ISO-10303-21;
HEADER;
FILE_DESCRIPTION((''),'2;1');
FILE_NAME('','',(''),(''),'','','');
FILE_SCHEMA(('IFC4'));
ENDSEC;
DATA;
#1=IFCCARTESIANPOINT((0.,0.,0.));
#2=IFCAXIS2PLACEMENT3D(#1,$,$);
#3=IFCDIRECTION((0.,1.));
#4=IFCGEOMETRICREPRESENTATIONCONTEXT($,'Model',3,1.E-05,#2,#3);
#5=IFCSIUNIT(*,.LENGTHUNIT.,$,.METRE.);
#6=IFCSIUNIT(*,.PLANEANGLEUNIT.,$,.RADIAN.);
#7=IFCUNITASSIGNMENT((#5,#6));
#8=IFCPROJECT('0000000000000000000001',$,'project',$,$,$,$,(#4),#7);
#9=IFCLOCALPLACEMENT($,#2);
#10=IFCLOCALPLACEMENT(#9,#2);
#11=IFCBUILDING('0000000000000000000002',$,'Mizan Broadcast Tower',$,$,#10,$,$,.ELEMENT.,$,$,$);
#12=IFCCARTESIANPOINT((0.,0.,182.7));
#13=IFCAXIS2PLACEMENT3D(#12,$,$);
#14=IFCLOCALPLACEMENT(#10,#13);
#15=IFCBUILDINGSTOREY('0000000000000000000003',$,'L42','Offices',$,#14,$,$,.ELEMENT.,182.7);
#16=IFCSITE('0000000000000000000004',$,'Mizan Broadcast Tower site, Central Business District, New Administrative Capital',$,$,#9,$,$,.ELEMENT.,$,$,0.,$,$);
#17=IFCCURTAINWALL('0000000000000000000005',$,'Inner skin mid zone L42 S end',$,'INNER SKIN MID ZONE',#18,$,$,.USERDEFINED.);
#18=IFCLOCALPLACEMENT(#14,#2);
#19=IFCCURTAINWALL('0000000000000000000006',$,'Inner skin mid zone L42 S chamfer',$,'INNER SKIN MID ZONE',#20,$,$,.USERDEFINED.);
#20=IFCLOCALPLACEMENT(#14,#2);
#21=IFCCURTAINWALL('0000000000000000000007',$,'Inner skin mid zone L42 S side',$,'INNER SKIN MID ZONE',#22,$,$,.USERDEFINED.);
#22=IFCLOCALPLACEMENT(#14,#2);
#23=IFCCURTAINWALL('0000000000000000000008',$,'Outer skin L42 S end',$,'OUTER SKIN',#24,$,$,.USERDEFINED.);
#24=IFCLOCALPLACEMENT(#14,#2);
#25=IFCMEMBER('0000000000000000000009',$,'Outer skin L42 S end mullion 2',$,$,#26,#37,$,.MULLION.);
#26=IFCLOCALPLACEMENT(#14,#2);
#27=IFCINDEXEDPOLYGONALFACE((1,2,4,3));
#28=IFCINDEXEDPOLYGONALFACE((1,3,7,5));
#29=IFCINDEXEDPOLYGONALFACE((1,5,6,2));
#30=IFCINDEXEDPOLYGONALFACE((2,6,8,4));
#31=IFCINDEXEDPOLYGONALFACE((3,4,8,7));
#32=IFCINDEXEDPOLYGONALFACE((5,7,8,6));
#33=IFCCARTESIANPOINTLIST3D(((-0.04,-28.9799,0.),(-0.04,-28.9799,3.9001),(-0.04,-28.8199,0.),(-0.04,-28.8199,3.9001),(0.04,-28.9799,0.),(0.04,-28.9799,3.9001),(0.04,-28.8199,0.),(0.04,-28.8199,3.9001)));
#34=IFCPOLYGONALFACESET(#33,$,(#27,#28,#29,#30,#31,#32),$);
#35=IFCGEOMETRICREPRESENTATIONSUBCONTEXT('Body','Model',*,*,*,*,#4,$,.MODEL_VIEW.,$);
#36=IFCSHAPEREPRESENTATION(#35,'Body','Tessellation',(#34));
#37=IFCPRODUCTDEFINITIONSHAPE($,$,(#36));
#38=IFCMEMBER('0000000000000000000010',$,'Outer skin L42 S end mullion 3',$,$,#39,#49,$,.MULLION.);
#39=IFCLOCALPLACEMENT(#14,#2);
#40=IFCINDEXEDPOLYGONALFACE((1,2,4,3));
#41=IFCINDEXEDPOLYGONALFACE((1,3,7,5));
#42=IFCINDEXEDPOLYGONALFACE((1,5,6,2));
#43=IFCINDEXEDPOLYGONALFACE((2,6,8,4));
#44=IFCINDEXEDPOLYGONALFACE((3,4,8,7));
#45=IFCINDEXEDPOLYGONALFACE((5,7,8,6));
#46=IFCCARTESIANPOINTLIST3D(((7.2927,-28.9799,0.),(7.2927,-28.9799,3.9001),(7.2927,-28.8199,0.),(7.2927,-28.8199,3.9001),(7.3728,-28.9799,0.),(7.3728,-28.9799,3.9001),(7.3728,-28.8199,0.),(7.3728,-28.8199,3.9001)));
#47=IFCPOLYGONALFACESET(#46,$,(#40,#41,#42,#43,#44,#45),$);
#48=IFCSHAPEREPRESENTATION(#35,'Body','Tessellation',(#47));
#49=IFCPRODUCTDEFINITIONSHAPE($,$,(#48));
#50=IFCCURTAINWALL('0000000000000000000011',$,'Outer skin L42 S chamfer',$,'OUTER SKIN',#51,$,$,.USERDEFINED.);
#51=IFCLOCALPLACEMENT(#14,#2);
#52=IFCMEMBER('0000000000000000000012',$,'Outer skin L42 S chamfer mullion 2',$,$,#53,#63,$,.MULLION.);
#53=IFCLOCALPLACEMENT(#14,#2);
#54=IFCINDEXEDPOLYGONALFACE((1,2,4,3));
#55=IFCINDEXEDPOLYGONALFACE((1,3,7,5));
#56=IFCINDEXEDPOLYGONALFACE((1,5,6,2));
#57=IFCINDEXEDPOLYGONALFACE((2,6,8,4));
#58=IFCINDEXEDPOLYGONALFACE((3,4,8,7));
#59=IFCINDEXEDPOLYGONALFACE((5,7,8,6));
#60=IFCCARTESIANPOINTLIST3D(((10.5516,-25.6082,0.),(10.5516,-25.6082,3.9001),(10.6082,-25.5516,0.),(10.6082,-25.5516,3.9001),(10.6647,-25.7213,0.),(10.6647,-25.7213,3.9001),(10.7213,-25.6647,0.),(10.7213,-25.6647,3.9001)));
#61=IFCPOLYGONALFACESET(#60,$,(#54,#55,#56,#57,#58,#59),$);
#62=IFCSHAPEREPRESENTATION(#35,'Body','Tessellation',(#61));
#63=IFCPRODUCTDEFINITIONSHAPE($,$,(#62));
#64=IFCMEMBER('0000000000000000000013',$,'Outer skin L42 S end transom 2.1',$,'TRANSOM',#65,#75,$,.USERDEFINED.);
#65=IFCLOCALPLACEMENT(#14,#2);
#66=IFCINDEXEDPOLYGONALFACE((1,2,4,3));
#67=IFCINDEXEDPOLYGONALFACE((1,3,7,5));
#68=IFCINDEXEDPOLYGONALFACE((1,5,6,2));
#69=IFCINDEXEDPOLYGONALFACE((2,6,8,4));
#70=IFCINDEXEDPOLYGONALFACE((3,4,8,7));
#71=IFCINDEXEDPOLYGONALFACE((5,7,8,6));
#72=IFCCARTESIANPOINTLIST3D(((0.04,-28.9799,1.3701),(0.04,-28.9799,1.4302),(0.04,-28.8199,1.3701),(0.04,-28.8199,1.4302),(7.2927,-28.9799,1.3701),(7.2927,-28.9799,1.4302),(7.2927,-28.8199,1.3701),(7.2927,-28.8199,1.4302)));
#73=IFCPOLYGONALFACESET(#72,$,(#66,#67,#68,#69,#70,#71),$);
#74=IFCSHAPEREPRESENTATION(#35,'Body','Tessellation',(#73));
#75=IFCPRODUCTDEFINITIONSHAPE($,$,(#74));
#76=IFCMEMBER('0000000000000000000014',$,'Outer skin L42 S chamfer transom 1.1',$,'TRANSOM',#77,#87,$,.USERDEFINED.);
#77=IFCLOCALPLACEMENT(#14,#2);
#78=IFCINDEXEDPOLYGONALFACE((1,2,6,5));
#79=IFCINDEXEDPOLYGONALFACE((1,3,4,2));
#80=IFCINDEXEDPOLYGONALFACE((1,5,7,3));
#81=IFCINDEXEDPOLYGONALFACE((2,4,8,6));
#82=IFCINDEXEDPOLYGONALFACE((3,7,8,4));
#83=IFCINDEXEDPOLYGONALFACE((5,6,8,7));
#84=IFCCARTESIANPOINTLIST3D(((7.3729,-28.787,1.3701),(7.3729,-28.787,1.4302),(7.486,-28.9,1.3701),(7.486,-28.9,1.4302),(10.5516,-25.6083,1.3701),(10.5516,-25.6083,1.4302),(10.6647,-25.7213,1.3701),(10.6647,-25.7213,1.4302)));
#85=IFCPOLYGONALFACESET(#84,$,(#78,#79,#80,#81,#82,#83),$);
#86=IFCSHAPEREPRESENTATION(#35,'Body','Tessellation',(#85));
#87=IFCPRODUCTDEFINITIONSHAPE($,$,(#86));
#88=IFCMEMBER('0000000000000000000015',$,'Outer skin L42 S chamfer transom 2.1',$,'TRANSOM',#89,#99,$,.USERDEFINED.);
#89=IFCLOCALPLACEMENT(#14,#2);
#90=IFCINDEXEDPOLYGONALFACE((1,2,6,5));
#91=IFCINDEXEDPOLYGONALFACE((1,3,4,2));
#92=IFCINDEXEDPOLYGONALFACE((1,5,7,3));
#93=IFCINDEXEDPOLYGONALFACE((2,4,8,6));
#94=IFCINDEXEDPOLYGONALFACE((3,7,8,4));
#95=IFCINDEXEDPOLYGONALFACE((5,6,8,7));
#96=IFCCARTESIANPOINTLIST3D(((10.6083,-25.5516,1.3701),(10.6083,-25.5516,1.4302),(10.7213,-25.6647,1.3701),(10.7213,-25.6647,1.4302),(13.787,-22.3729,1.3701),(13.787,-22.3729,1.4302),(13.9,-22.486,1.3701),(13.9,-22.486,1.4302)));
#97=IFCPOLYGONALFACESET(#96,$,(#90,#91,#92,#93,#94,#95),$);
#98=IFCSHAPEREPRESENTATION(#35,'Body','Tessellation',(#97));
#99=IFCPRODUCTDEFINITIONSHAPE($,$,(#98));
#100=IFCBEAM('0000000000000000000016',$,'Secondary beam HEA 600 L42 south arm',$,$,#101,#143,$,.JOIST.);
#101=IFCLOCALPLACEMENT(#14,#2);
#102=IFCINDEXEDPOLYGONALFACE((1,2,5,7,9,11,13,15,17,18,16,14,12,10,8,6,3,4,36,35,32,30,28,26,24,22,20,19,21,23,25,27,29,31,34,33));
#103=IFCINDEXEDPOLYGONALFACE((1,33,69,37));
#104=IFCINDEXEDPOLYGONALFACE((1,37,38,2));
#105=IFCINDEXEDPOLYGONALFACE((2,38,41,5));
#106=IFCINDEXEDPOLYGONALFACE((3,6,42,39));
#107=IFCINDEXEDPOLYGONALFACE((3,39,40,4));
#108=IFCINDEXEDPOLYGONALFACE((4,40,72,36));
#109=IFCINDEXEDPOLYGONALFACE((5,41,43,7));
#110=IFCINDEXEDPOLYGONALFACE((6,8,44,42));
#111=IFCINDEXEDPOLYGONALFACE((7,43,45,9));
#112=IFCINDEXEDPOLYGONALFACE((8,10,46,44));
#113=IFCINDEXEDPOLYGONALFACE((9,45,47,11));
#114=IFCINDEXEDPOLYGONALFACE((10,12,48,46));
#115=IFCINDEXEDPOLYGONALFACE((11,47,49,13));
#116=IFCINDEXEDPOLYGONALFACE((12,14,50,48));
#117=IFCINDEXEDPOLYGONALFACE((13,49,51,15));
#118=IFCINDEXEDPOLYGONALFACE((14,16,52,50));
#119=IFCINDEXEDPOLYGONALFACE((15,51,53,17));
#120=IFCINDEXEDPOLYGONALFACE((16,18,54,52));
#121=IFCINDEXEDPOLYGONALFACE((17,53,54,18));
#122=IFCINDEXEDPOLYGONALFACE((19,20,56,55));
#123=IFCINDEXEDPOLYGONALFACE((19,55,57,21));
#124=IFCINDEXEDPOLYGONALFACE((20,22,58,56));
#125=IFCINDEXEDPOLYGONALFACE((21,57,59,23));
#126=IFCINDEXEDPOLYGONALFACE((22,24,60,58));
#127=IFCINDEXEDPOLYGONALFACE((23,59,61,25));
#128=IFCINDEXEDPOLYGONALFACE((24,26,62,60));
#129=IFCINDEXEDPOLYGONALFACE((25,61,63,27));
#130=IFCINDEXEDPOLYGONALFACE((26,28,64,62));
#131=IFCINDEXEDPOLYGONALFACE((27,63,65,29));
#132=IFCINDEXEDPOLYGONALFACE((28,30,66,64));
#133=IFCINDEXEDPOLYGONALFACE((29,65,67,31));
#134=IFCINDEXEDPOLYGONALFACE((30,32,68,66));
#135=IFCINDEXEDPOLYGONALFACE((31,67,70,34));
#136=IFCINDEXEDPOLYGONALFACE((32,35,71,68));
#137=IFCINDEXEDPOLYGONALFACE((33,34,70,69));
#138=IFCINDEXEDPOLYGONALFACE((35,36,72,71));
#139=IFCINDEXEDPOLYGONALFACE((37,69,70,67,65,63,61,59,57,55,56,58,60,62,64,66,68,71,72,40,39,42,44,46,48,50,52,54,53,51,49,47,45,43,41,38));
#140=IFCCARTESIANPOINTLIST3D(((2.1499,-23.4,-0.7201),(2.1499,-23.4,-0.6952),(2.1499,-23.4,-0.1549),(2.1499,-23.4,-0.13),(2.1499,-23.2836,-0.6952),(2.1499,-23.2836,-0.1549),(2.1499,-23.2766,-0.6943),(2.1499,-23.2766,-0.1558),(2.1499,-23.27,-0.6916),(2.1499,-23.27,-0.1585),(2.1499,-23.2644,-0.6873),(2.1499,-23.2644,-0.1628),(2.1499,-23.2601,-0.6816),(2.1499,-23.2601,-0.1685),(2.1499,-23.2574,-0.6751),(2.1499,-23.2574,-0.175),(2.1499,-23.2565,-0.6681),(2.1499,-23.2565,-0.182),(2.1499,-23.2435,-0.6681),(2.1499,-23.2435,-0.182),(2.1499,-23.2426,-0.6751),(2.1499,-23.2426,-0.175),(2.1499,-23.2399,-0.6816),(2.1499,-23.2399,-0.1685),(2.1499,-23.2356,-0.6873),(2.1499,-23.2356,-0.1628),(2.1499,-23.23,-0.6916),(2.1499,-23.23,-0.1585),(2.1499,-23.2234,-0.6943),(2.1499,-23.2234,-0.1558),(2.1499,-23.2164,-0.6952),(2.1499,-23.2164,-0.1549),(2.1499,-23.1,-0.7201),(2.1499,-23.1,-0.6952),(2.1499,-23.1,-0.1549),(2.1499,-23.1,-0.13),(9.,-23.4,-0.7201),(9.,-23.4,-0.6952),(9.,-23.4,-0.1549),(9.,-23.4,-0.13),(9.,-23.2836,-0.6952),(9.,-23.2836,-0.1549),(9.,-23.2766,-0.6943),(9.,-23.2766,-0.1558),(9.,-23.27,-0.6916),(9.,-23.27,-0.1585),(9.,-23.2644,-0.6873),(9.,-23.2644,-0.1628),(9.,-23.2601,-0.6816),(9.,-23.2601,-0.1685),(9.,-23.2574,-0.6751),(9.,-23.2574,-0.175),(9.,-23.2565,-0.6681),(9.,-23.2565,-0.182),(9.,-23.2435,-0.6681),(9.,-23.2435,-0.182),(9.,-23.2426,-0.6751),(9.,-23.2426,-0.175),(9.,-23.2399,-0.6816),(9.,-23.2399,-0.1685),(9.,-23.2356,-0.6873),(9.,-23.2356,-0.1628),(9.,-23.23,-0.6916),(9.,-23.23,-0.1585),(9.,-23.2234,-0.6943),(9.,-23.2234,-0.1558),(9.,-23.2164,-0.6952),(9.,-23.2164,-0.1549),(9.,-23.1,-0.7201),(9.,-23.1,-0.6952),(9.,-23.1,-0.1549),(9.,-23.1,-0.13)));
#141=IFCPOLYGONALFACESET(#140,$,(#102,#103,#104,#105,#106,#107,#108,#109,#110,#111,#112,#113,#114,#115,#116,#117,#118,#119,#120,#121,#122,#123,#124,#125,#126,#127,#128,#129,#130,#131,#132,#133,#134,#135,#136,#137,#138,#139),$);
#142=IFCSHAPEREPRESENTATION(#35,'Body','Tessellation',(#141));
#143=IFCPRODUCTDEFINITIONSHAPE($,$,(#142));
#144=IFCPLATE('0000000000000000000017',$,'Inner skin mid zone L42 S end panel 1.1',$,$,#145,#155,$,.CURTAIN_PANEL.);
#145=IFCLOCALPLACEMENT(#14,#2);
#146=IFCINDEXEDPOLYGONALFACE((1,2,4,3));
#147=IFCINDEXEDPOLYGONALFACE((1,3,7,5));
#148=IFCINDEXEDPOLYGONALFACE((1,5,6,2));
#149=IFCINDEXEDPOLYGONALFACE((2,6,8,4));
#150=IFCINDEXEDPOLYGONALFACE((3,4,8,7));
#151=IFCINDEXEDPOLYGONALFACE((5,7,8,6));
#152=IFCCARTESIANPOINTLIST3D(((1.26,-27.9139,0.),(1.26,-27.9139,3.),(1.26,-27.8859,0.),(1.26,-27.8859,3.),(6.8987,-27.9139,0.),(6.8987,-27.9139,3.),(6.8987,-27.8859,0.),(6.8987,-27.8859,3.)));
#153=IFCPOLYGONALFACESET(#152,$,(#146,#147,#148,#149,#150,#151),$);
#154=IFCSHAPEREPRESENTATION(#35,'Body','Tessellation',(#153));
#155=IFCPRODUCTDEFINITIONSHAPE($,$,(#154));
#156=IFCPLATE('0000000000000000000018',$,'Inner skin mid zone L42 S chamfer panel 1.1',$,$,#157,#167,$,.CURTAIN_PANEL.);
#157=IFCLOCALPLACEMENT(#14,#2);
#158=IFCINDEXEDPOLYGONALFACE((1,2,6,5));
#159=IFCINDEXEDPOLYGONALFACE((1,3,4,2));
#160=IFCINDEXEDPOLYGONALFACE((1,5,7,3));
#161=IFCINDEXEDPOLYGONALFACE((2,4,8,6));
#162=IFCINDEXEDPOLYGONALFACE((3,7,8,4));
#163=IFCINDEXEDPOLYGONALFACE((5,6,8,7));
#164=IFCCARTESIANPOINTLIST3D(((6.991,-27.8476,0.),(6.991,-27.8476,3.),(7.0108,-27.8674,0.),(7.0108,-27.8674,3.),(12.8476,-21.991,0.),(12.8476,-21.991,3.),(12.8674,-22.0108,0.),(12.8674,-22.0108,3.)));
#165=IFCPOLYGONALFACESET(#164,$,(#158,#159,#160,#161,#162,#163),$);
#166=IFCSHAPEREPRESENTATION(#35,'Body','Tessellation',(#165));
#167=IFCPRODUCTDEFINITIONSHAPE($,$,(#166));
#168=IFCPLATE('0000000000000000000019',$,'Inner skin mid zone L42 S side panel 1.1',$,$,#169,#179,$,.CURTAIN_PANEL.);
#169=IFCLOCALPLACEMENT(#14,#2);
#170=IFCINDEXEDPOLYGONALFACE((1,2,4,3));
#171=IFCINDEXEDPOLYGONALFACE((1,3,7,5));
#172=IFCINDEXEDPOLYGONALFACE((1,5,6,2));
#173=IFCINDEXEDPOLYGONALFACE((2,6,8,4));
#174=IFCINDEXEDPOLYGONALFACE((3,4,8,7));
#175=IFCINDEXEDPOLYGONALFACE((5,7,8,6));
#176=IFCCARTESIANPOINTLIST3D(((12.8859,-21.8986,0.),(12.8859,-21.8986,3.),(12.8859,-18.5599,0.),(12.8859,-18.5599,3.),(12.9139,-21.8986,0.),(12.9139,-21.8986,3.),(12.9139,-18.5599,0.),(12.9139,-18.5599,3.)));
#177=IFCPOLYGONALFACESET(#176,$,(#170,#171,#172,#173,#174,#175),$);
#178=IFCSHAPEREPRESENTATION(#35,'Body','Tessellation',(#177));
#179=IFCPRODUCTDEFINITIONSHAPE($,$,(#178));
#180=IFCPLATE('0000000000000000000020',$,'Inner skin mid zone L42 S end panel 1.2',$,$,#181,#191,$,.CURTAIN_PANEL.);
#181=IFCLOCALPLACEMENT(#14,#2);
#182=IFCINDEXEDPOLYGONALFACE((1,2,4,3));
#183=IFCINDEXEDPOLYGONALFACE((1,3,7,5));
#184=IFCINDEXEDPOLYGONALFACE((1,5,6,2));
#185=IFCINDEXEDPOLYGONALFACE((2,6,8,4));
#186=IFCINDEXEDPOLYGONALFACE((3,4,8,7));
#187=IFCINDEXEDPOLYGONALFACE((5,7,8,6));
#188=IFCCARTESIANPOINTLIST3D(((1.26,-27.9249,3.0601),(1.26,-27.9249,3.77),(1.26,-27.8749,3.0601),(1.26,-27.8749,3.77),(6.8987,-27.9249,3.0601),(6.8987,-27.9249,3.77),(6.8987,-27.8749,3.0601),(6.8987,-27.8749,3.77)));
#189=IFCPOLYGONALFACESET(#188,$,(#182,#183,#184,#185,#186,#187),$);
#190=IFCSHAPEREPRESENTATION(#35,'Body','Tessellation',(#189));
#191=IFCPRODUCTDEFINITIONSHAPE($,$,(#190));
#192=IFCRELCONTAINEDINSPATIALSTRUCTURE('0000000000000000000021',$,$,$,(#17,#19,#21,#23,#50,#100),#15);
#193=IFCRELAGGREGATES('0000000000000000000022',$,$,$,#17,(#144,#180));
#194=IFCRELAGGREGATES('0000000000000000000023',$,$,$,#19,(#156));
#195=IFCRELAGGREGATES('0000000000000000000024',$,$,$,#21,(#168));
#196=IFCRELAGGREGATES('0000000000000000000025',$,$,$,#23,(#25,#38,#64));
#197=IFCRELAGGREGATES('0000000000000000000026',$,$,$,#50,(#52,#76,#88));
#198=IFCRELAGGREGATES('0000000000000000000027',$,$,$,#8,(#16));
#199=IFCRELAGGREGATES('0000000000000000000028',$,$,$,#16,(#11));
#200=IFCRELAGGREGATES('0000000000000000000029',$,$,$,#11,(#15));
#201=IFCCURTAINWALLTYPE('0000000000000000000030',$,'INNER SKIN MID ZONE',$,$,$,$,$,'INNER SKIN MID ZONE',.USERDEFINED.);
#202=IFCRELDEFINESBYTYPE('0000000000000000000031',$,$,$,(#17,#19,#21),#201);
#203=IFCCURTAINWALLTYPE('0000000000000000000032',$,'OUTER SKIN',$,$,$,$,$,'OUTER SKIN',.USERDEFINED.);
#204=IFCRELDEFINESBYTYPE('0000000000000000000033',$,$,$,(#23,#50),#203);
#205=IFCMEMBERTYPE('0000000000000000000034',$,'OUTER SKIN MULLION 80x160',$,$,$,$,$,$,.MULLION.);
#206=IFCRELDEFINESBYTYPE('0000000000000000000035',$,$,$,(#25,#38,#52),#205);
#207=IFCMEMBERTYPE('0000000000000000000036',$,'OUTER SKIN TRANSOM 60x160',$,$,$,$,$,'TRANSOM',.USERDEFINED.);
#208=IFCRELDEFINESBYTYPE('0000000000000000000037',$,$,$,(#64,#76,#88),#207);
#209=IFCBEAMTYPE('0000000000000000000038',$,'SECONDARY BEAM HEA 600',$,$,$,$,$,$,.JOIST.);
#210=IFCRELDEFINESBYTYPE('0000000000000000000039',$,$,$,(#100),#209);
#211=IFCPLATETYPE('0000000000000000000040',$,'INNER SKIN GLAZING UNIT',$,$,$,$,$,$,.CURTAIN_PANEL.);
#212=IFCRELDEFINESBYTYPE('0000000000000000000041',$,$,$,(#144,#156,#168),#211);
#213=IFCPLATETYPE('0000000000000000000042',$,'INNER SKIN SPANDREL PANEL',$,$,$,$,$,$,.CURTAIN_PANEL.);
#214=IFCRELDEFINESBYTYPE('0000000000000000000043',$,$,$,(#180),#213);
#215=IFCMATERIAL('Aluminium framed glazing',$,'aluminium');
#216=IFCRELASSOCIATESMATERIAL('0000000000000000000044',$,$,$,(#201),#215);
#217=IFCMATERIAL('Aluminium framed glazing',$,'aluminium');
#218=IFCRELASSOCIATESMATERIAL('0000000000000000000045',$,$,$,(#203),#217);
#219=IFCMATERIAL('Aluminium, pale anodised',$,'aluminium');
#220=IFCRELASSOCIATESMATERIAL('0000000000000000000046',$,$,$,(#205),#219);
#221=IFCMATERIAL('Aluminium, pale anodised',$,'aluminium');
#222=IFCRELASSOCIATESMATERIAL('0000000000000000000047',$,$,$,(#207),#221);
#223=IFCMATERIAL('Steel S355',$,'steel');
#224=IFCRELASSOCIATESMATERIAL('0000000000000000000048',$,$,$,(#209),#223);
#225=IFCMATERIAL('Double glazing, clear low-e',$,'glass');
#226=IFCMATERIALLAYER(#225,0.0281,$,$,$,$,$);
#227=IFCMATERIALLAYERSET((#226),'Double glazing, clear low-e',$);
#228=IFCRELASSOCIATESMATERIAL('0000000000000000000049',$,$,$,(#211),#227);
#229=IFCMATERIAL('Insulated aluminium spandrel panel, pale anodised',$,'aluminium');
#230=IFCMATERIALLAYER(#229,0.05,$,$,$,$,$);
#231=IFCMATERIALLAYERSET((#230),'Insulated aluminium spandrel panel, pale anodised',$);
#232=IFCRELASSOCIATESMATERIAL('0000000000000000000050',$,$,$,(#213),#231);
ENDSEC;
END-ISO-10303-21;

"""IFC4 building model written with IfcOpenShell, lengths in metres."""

from ifc_helpers import new_model, si_unit, direction, frame, origin, origin_2d, place, context, subcontext, project, spatial, rectangle, i_section, extrude, material, layer, layer_set, material_profile, profile_set, type_object, element, aggregate, save


model = new_model("IFC4")

# Units and contexts
model_context = context("Model", 3, precision=1e-05, world=origin(), true_north=direction((0.0, 1.0)))
body_context = subcontext(model_context, "Body", "Model", "MODEL_VIEW")
ifc_project = project(units=[si_unit("LENGTHUNIT", "METRE"), si_unit("PLANEANGLEUNIT", "RADIAN")], contexts=[model_context])

# Site, building, storey
site_placement = place(None, origin())
site = spatial("IfcSite", under=ifc_project, at=site_placement, Name="Mizan Broadcast Tower site, Central Business District, New Administrative Capital", CompositionType="ELEMENT", RefElevation=0.0)
building_placement = place(site_placement, origin())
building = spatial("IfcBuilding", under=site, at=building_placement, Name="Mizan Broadcast Tower", CompositionType="ELEMENT")
storey_placement = place(building_placement, frame((0.0, 0.0, 182.7)))
storey = spatial("IfcBuildingStorey", under=building, at=storey_placement, Name="L42", Description="Offices", CompositionType="ELEMENT", Elevation=182.7)

# Curtain wall
ifc_material_1 = material(Name="Aluminium framed glazing", Category="aluminium")
curtain_wall_type_1 = type_object("IfcCurtainWallType", Name="INNER SKIN MID ZONE", ElementType="INNER SKIN MID ZONE", PredefinedType="USERDEFINED", material=ifc_material_1)
curtain_wall_1_placement = place(storey_placement, origin())
curtain_wall_1 = element("IfcCurtainWall", 1, at=curtain_wall_1_placement, inside=storey, type_object=curtain_wall_type_1, Name="Inner skin mid zone L42 S end", ObjectType="INNER SKIN MID ZONE", PredefinedType="USERDEFINED")

# Curtain wall
curtain_wall_2_placement = place(storey_placement, origin())
curtain_wall_2 = element("IfcCurtainWall", 2, at=curtain_wall_2_placement, inside=storey, type_object=curtain_wall_type_1, Name="Inner skin mid zone L42 S chamfer", ObjectType="INNER SKIN MID ZONE", PredefinedType="USERDEFINED")

# Curtain wall
curtain_wall_3_placement = place(storey_placement, origin())
curtain_wall_3 = element("IfcCurtainWall", 3, at=curtain_wall_3_placement, inside=storey, type_object=curtain_wall_type_1, Name="Inner skin mid zone L42 S side", ObjectType="INNER SKIN MID ZONE", PredefinedType="USERDEFINED")

# Curtain wall, members
ifc_material_2 = material(Name="Aluminium framed glazing", Category="aluminium")
curtain_wall_type_2 = type_object("IfcCurtainWallType", Name="OUTER SKIN", ElementType="OUTER SKIN", PredefinedType="USERDEFINED", material=ifc_material_2)
curtain_wall_4_placement = place(storey_placement, origin())
curtain_wall_4 = element("IfcCurtainWall", 4, at=curtain_wall_4_placement, inside=storey, type_object=curtain_wall_type_2, Name="Outer skin L42 S end", ObjectType="OUTER SKIN", PredefinedType="USERDEFINED")
ifc_material_3 = material(Name="Aluminium, pale anodised", Category="aluminium")
ifc_material_profile_1 = material_profile(ifc_material_3, rectangle(XDim=0.1599, YDim=0.0801, at=origin_2d()), Name="MULLION 160x80")
ifc_profile_set_1 = profile_set([ifc_material_profile_1], Name="Aluminium, pale anodised")
member_type_1 = type_object("IfcMemberType", Name="OUTER SKIN MULLION 80x160", PredefinedType="MULLION", material=ifc_profile_set_1)
member_1_placement = place(storey_placement, frame((0.0, -28.8999, 0.0), z_axis=(0.0, 0.0, 1.0), x_axis=(0.0, 1.0, 0.0)))
member_1 = element("IfcMember", 5, at=member_1_placement, type_object=member_type_1, Name="Outer skin L42 S end mullion 2", PredefinedType="MULLION", context=body_context, shape_type="SweptSolid", body=[
    extrude(rectangle(XDim=0.1599, YDim=0.0801, at=origin_2d()), origin(), (0.0, 0.0, 1.0), 3.9001),
])
member_2_placement = place(storey_placement, frame((7.3328, -28.8999, 0.0), z_axis=(0.0, 0.0, 1.0), x_axis=(0.0, 1.0, 0.0)))
member_2 = element("IfcMember", 6, at=member_2_placement, type_object=member_type_1, Name="Outer skin L42 S end mullion 3", PredefinedType="MULLION", context=body_context, shape_type="SweptSolid", body=[
    extrude(rectangle(XDim=0.1599, YDim=0.0801, at=origin_2d()), origin(), (0.0, 0.0, 1.0), 3.9001),
])

# Curtain wall, member
curtain_wall_5_placement = place(storey_placement, origin())
curtain_wall_5 = element("IfcCurtainWall", 7, at=curtain_wall_5_placement, inside=storey, type_object=curtain_wall_type_2, Name="Outer skin L42 S chamfer", ObjectType="OUTER SKIN", PredefinedType="USERDEFINED")
member_3_placement = place(storey_placement, frame((10.6365, -25.6365, 0.0), z_axis=(0.0, 0.0, 1.0), x_axis=(-0.707107, 0.707107, 0.0)))
member_3 = element("IfcMember", 8, at=member_3_placement, type_object=member_type_1, Name="Outer skin L42 S chamfer mullion 2", PredefinedType="MULLION", context=body_context, shape_type="SweptSolid", body=[
    extrude(rectangle(XDim=0.1599, YDim=0.0801, at=origin_2d()), origin(), (0.0, 0.0, 1.0), 3.9001),
])

# Members
ifc_material_4 = material(Name="Aluminium, pale anodised", Category="aluminium")
ifc_material_profile_2 = material_profile(ifc_material_4, rectangle(XDim=0.1599, YDim=0.0601, at=origin_2d()), Name="TRANSOM 160x60")
ifc_profile_set_2 = profile_set([ifc_material_profile_2], Name="Aluminium, pale anodised")
member_type_2 = type_object("IfcMemberType", Name="OUTER SKIN TRANSOM 60x160", ElementType="TRANSOM", PredefinedType="USERDEFINED", material=ifc_profile_set_2)
member_4_placement = place(storey_placement, frame((0.04, -28.8999, 1.4001), z_axis=(1.0, 0.0, 0.0), x_axis=(0.0, 1.0, 0.0)))
member_4 = element("IfcMember", 9, at=member_4_placement, type_object=member_type_2, Name="Outer skin L42 S end transom 2.1", ObjectType="TRANSOM", PredefinedType="USERDEFINED", context=body_context, shape_type="SweptSolid", body=[
    extrude(rectangle(XDim=0.1599, YDim=0.0601, at=origin_2d()), origin(), (0.0, 0.0, 1.0), 7.2527),
])
member_5_placement = place(storey_placement, frame((7.4294, -28.8435, 1.4001), z_axis=(0.707107, 0.707107, 0.0), x_axis=(-0.707107, 0.707107, 0.0)))
member_5 = element("IfcMember", 10, at=member_5_placement, type_object=member_type_2, Name="Outer skin L42 S chamfer transom 1.1", ObjectType="TRANSOM", PredefinedType="USERDEFINED", context=body_context, shape_type="SweptSolid", body=[
    extrude(rectangle(XDim=0.1599, YDim=0.0601, at=origin_2d()), origin(), (0.0, 0.0, 1.0), 4.4954),
])
member_6_placement = place(storey_placement, frame((10.6648, -25.6082, 1.4001), z_axis=(0.707107, 0.707107, 0.0), x_axis=(-0.707107, 0.707107, 0.0)))
member_6 = element("IfcMember", 11, at=member_6_placement, type_object=member_type_2, Name="Outer skin L42 S chamfer transom 2.1", ObjectType="TRANSOM", PredefinedType="USERDEFINED", context=body_context, shape_type="SweptSolid", body=[
    extrude(rectangle(XDim=0.1599, YDim=0.0601, at=origin_2d()), origin(), (0.0, 0.0, 1.0), 4.4954),
])

# Beam
ifc_material_5 = material(Name="Steel S355", Category="steel")
ifc_material_profile_3 = material_profile(ifc_material_5, i_section(OverallWidth=0.3, OverallDepth=0.5901, WebThickness=0.0129, FlangeThickness=0.0249, FilletRadius=0.0271, at=origin_2d()), Name="HEA 600")
ifc_profile_set_3 = profile_set([ifc_material_profile_3], Name="Steel S355")
beam_type_1 = type_object("IfcBeamType", Name="SECONDARY BEAM HEA 600", PredefinedType="JOIST", material=ifc_profile_set_3)
beam_1_placement = place(storey_placement, frame((9.0, -23.25, -0.425), z_axis=(-1.0, 0.0, 0.0), x_axis=(0.0, -1.0, 0.0)))
element("IfcBeam", 12, at=beam_1_placement, inside=storey, type_object=beam_type_1, Name="Secondary beam HEA 600 L42 south arm", PredefinedType="JOIST", context=body_context, shape_type="SweptSolid", body=[
    extrude(i_section(OverallWidth=0.3, OverallDepth=0.5901, WebThickness=0.0129, FlangeThickness=0.0249, FilletRadius=0.0271, at=origin_2d()), origin(), (0.0, 0.0, 1.0), 6.8501),
])

# Plates
ifc_material_6 = material(Name="Double glazing, clear low-e", Category="glass")
ifc_layer_1 = layer(ifc_material_6, 0.0281)
ifc_layer_set_1 = layer_set([ifc_layer_1], Name="Double glazing, clear low-e")
plate_type_1 = type_object("IfcPlateType", Name="INNER SKIN GLAZING UNIT", PredefinedType="CURTAIN_PANEL", material=ifc_layer_set_1)
plate_1_placement = place(storey_placement, frame((4.0793, -27.8999, 0.0), z_axis=(0.0, 0.0, 1.0), x_axis=(1.0, 0.0, 0.0)))
plate_1 = element("IfcPlate", 13, at=plate_1_placement, type_object=plate_type_1, Name="Inner skin mid zone L42 S end panel 1.1", PredefinedType="CURTAIN_PANEL", context=body_context, shape_type="SweptSolid", body=[
    extrude(rectangle(XDim=5.6387, YDim=0.0281, at=origin_2d()), origin(), (0.0, 0.0, 1.0), 3.0),
])
plate_2_placement = place(storey_placement, frame((9.9292, -24.9292, 0.0), z_axis=(0.0, 0.0, 1.0), x_axis=(0.707107, 0.707107, 0.0)))
plate_2 = element("IfcPlate", 14, at=plate_2_placement, type_object=plate_type_1, Name="Inner skin mid zone L42 S chamfer panel 1.1", PredefinedType="CURTAIN_PANEL", context=body_context, shape_type="SweptSolid", body=[
    extrude(rectangle(XDim=8.2825, YDim=0.0281, at=origin_2d()), origin(), (0.0, 0.0, 1.0), 3.0),
])
plate_3_placement = place(storey_placement, frame((12.8999, -20.2292, 0.0), z_axis=(0.0, 0.0, 1.0), x_axis=(0.0, 1.0, 0.0)))
plate_3 = element("IfcPlate", 15, at=plate_3_placement, type_object=plate_type_1, Name="Inner skin mid zone L42 S side panel 1.1", PredefinedType="CURTAIN_PANEL", context=body_context, shape_type="SweptSolid", body=[
    extrude(rectangle(XDim=3.3386, YDim=0.0281, at=origin_2d()), origin(), (0.0, 0.0, 1.0), 3.0),
])
ifc_material_7 = material(Name="Insulated aluminium spandrel panel, pale anodised", Category="aluminium")
ifc_layer_2 = layer(ifc_material_7, 0.05)
ifc_layer_set_2 = layer_set([ifc_layer_2], Name="Insulated aluminium spandrel panel, pale anodised")
plate_type_2 = type_object("IfcPlateType", Name="INNER SKIN SPANDREL PANEL", PredefinedType="CURTAIN_PANEL", material=ifc_layer_set_2)
plate_4_placement = place(storey_placement, frame((4.0793, -27.8999, 3.0601), z_axis=(0.0, 0.0, 1.0), x_axis=(1.0, 0.0, 0.0)))
plate_4 = element("IfcPlate", 16, at=plate_4_placement, type_object=plate_type_2, Name="Inner skin mid zone L42 S end panel 1.2", PredefinedType="CURTAIN_PANEL", context=body_context, shape_type="SweptSolid", body=[
    extrude(rectangle(XDim=5.6387, YDim=0.05, at=origin_2d()), origin(), (0.0, 0.0, 1.0), 0.71),
])
aggregate(curtain_wall_1, [plate_1, plate_4])
aggregate(curtain_wall_2, [plate_2])
aggregate(curtain_wall_3, [plate_3])
aggregate(curtain_wall_4, [member_1, member_2, member_4])
aggregate(curtain_wall_5, [member_3, member_5, member_6])

save(model, "model.ifc")
